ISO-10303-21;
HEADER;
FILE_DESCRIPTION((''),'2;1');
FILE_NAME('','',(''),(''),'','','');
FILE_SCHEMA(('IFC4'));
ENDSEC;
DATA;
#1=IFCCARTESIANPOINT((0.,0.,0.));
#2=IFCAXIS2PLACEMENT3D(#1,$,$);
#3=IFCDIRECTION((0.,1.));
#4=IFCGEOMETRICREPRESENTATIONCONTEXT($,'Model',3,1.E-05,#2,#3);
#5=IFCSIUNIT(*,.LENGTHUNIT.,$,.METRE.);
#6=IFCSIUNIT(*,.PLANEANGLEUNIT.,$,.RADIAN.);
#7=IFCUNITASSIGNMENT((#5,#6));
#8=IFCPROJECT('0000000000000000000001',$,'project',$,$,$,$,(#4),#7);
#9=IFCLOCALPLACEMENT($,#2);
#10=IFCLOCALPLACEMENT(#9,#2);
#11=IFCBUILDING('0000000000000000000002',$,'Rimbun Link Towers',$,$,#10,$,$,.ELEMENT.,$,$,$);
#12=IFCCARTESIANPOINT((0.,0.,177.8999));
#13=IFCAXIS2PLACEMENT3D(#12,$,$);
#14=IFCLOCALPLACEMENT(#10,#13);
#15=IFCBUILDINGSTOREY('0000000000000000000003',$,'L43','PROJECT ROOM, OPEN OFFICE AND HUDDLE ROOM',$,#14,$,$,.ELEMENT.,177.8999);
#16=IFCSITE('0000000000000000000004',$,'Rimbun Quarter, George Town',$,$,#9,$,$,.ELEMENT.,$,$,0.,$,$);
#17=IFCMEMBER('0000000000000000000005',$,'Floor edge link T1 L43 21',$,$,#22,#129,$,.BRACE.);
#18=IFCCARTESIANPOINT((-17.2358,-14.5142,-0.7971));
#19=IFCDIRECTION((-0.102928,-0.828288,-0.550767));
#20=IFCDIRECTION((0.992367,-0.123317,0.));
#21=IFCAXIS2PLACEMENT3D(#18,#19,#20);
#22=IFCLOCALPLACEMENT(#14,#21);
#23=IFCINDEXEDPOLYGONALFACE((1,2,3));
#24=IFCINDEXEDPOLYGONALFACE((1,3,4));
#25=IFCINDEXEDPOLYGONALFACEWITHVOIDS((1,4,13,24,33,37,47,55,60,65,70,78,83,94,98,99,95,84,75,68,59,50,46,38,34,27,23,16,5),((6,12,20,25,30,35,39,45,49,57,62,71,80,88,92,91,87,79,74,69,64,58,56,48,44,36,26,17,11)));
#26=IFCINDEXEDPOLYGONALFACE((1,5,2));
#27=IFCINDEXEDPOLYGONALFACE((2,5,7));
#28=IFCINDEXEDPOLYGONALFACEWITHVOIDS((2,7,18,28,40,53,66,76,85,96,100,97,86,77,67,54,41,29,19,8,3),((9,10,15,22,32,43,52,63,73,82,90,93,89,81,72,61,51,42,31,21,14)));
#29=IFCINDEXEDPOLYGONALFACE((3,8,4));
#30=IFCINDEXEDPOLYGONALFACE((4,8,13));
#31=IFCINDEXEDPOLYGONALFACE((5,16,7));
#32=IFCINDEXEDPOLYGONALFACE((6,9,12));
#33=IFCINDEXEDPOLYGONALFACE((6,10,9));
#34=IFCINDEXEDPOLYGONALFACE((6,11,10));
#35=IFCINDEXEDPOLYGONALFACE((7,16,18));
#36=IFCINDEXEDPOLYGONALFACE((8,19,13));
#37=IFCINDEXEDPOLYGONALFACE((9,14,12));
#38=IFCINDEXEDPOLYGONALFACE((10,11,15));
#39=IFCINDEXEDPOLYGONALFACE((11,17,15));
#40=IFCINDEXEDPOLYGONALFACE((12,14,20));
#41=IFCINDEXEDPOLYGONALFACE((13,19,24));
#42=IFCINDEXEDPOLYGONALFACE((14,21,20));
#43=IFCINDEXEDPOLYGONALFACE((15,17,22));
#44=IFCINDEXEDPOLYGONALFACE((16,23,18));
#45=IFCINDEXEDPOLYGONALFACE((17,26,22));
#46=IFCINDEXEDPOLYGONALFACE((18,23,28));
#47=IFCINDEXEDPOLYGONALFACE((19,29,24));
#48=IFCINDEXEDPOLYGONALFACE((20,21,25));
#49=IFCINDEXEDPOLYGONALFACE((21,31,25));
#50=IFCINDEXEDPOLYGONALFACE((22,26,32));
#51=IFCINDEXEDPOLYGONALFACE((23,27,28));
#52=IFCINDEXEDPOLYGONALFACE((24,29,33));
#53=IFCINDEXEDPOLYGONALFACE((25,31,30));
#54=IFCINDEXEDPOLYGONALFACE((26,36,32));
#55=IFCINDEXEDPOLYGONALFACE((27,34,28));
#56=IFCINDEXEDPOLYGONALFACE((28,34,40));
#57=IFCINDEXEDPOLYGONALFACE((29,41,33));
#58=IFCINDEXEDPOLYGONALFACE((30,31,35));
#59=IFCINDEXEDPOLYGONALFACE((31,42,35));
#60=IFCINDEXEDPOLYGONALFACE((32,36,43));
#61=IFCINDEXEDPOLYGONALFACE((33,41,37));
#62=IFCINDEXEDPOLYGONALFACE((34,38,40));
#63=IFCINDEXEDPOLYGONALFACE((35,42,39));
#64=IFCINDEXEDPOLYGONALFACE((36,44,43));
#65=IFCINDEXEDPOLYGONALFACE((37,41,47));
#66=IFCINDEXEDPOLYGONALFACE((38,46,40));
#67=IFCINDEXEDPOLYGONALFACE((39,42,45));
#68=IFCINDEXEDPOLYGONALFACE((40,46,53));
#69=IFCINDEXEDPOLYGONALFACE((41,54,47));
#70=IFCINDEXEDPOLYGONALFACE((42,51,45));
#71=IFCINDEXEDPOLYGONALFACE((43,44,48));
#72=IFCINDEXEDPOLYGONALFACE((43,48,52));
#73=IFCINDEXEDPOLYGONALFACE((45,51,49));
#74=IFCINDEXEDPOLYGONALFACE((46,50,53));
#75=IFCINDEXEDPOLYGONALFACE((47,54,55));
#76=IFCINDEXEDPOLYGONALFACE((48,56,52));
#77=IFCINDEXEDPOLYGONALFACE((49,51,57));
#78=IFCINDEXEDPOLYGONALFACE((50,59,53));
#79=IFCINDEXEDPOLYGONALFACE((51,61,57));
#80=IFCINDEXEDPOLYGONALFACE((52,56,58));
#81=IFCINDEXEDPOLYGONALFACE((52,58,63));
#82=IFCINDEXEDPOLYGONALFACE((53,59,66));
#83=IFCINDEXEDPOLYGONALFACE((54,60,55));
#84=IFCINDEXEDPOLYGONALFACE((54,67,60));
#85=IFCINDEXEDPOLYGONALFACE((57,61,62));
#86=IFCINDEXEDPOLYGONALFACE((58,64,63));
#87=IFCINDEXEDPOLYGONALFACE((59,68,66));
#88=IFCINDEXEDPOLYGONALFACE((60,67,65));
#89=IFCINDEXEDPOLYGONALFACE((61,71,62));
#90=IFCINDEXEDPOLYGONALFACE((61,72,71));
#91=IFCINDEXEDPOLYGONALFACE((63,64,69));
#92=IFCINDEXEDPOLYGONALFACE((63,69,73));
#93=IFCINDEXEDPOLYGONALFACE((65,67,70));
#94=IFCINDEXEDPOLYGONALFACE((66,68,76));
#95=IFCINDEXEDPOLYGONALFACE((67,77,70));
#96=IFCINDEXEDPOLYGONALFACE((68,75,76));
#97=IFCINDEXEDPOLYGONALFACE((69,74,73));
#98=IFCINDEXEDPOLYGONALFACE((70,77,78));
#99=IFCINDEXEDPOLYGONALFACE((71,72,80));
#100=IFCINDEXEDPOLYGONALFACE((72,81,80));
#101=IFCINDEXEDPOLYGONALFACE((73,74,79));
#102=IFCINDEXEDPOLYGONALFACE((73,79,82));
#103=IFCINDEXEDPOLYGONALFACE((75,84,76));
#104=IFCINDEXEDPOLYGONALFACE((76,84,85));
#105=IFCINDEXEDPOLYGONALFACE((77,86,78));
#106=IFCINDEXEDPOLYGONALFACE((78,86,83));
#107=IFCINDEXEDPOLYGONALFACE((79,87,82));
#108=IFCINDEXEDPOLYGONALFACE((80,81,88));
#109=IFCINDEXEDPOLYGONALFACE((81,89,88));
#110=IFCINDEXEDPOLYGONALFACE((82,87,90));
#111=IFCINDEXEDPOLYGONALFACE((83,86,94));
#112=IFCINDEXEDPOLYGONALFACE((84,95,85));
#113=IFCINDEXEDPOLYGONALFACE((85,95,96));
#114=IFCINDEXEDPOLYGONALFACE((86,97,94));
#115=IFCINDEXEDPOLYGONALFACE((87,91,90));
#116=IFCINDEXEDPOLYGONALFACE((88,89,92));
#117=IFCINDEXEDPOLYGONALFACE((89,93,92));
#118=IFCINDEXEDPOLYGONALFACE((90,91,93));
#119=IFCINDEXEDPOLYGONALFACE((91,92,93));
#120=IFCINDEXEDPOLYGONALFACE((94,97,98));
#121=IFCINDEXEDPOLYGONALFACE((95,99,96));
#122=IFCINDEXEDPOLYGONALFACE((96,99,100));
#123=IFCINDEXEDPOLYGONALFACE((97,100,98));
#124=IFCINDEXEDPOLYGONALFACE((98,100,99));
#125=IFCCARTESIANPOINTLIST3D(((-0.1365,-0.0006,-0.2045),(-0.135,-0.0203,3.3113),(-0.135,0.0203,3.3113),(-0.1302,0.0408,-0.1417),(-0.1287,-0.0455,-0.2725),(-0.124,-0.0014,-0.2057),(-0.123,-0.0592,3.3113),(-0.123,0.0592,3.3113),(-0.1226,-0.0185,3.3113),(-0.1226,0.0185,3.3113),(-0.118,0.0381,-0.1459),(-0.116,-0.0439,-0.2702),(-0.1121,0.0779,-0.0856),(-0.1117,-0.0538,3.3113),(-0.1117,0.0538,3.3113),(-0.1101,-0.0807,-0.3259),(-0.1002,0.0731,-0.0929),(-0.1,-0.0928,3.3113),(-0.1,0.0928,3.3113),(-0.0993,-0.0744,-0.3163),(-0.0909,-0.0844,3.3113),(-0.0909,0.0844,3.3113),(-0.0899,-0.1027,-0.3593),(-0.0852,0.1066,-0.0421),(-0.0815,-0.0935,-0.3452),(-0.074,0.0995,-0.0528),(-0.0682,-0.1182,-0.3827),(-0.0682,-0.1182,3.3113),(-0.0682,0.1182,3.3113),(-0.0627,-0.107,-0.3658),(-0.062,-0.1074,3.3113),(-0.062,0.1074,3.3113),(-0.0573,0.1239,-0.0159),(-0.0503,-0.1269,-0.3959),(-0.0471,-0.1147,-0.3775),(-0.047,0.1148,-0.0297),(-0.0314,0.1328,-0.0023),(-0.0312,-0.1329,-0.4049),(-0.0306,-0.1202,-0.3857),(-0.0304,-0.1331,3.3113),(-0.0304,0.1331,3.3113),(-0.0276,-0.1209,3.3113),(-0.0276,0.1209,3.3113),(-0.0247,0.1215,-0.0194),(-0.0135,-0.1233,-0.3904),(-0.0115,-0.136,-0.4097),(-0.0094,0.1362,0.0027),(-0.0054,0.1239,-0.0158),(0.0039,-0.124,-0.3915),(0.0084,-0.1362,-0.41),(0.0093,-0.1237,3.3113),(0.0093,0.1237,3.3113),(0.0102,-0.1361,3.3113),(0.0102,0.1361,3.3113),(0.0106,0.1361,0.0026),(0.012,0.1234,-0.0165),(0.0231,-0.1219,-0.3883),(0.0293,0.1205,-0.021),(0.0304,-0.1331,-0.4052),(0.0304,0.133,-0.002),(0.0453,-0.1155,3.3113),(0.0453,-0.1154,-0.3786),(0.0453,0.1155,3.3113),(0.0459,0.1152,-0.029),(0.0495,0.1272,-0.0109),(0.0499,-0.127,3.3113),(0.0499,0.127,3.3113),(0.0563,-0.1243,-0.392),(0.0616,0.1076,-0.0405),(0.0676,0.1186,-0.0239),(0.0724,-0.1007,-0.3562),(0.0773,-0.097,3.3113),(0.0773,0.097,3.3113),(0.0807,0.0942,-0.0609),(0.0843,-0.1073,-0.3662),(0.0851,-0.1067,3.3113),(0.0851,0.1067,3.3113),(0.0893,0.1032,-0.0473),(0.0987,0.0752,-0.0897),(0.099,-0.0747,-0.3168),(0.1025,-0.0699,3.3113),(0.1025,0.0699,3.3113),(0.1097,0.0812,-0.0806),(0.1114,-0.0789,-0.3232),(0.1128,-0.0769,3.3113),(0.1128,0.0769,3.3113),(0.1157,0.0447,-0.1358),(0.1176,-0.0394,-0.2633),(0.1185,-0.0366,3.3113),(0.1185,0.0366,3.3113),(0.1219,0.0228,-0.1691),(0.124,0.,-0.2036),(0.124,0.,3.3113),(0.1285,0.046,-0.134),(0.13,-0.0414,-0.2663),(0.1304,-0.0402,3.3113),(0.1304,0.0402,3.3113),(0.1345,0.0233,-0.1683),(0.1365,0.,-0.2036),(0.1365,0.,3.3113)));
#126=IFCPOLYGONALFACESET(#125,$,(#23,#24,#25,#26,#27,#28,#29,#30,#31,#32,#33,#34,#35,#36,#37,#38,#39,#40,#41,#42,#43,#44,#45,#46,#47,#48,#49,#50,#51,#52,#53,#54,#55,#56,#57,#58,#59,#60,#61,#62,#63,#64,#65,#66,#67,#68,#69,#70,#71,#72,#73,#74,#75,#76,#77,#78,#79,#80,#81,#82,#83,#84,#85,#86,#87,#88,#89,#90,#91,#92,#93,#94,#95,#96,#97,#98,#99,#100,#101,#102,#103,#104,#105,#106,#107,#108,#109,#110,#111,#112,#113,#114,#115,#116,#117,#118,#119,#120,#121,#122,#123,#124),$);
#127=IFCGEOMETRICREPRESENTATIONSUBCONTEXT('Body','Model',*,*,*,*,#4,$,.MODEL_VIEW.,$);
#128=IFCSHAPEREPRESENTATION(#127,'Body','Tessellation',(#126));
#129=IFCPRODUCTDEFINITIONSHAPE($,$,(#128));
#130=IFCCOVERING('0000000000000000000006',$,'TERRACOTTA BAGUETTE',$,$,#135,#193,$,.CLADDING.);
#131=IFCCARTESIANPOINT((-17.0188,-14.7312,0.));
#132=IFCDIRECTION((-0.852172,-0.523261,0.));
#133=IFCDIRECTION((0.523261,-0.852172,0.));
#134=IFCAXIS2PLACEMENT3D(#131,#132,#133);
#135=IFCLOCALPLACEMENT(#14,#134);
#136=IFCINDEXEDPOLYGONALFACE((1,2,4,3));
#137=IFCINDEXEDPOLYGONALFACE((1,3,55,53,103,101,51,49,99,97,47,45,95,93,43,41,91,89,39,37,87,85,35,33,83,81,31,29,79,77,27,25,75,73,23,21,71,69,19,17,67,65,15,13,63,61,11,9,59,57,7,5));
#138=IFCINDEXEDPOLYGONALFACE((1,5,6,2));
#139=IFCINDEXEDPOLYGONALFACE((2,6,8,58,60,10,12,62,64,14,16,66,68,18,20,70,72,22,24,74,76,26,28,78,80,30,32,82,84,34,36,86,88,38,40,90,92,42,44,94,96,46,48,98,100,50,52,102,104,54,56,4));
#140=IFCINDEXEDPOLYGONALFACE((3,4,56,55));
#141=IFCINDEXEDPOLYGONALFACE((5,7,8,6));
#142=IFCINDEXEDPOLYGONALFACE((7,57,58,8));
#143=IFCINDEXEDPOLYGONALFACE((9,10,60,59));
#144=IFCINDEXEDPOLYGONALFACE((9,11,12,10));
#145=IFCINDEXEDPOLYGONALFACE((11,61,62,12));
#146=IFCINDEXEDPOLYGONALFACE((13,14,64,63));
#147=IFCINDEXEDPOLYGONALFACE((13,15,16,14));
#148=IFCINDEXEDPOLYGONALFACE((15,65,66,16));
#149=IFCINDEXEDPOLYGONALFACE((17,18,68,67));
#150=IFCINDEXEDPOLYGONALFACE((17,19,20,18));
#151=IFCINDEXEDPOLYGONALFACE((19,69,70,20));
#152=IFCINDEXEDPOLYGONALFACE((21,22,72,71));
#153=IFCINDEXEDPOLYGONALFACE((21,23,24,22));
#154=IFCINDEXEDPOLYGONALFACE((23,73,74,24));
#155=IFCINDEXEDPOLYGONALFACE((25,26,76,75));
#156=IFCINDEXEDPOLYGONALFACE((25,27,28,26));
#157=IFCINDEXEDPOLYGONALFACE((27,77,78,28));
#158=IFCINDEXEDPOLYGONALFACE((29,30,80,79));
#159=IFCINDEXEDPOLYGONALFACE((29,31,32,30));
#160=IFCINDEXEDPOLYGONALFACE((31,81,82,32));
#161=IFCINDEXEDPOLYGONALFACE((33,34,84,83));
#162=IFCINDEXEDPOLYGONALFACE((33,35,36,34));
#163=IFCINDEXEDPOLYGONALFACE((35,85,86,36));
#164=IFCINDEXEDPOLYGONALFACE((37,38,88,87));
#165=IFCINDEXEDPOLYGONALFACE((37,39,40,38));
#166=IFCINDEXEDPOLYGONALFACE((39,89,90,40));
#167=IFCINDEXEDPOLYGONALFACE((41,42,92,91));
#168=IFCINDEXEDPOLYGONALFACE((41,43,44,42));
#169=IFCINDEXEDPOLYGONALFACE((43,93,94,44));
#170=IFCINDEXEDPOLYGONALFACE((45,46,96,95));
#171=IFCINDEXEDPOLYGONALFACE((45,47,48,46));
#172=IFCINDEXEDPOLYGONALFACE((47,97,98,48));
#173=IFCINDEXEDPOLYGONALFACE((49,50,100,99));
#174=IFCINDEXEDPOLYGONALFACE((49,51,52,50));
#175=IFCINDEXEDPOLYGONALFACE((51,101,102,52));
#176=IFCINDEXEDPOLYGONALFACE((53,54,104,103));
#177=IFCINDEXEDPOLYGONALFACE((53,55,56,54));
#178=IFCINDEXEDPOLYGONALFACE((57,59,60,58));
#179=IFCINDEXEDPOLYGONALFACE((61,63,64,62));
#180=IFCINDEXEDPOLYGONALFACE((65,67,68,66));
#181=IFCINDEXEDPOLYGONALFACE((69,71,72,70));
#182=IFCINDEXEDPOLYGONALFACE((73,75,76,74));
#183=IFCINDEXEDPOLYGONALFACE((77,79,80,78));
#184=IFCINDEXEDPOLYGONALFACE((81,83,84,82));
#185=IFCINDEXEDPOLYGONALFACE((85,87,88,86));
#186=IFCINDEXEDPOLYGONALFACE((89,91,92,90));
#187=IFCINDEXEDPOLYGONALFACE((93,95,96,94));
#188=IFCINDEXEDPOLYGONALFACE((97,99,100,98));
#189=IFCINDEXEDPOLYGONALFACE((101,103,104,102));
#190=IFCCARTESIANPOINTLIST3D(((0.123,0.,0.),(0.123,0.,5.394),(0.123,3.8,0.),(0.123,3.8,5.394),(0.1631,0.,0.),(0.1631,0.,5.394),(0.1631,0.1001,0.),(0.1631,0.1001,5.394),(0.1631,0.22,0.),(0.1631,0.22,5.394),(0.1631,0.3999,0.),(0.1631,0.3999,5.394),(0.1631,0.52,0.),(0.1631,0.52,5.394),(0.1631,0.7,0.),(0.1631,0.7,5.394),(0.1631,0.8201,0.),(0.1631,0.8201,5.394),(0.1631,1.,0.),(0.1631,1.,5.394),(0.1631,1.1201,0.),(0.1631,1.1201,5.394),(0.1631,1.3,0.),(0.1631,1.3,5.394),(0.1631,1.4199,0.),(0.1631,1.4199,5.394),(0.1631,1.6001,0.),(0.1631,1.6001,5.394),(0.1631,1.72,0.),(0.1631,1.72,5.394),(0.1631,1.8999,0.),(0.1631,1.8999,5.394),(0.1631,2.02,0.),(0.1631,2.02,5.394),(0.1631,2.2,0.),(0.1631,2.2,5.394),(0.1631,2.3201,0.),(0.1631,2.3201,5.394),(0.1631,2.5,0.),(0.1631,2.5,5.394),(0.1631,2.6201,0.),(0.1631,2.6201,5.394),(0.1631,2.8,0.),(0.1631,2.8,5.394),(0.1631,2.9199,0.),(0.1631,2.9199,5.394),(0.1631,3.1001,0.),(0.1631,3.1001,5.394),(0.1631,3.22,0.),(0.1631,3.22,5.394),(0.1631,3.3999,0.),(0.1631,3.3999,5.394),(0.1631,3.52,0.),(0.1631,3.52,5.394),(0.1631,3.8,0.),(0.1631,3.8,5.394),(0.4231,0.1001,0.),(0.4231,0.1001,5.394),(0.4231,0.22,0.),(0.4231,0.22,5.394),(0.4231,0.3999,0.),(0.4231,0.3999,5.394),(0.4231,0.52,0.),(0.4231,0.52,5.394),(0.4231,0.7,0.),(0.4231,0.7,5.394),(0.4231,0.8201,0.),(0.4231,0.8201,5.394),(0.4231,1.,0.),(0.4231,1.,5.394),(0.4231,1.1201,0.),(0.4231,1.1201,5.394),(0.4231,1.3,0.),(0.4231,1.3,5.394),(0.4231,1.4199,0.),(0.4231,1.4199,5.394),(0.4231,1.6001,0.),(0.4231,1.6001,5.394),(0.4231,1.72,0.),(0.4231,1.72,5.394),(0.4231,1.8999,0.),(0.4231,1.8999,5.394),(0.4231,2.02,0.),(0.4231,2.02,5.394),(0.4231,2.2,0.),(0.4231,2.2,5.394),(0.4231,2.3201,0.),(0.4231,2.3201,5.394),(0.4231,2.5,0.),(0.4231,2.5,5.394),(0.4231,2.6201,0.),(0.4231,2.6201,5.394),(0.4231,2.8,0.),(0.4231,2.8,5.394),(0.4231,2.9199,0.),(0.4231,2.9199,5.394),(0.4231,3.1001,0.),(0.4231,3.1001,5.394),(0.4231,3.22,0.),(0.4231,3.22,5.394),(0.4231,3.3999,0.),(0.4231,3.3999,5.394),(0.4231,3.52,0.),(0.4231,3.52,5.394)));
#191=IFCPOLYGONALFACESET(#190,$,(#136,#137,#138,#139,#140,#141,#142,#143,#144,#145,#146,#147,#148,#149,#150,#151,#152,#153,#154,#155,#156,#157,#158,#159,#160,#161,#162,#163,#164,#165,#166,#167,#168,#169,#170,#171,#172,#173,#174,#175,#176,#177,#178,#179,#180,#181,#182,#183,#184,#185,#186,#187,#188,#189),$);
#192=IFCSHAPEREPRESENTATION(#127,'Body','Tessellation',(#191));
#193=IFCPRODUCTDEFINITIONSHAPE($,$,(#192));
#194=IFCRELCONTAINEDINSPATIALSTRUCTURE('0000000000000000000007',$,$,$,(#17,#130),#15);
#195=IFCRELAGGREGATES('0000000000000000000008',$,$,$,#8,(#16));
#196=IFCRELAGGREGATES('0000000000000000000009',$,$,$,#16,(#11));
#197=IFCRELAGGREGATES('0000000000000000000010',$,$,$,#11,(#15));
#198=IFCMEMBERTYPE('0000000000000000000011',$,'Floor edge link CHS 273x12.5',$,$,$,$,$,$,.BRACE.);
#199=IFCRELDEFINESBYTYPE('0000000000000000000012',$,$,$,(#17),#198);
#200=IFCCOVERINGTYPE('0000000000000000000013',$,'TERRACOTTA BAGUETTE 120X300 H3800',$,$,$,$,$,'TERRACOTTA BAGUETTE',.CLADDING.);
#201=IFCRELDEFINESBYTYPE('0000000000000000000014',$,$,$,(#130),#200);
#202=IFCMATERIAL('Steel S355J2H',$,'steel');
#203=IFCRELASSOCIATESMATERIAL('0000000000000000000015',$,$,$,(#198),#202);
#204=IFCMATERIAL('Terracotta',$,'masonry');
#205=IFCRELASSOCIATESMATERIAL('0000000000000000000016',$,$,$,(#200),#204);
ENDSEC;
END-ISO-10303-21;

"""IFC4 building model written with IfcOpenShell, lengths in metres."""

from ifc_helpers import new_model, si_unit, direction, frame, origin, origin_2d, place, context, subcontext, project, spatial, polyline, hollow_circle, outline, extrude, clip, halfspace, material, material_profile, profile_set, type_object, element, save


model = new_model("IFC4")

# Units and contexts
model_context = context("Model", 3, precision=1e-05, world=origin(), true_north=direction((0.0, 1.0)))
body_context = subcontext(model_context, "Body", "Model", "MODEL_VIEW")
ifc_project = project(units=[si_unit("LENGTHUNIT", "METRE"), si_unit("PLANEANGLEUNIT", "RADIAN")], contexts=[model_context])

# Site, building, storey
site_placement = place(None, origin())
site = spatial("IfcSite", under=ifc_project, at=site_placement, Name="Rimbun Quarter, George Town", CompositionType="ELEMENT", RefElevation=0.0)
building_placement = place(site_placement, origin())
building = spatial("IfcBuilding", under=site, at=building_placement, Name="Rimbun Link Towers", CompositionType="ELEMENT")
storey_placement = place(building_placement, frame((0.0, 0.0, 177.8999)))
storey = spatial("IfcBuildingStorey", under=building, at=storey_placement, Name="L43", Description="PROJECT ROOM, OPEN OFFICE AND HUDDLE ROOM", CompositionType="ELEMENT", Elevation=177.8999)

# Member
ifc_material_1 = material(Name="Steel S355J2H", Category="steel")
ifc_material_profile_1 = material_profile(ifc_material_1, hollow_circle(Radius=0.1365, WallThickness=0.0125, at=origin_2d()), Name="CHS 273x12.5")
ifc_profile_set_1 = profile_set([ifc_material_profile_1], Name="Steel S355J2H")
member_type_1 = type_object("IfcMemberType", Name="Floor edge link CHS 273x12.5", PredefinedType="BRACE", material=ifc_profile_set_1)
member_1_placement = place(storey_placement, frame((-17.2358, -14.5142, -0.7971), z_axis=(-0.102928, -0.828288, -0.550767), x_axis=(0.992367, -0.123317, 0.0)))
element("IfcMember", 1, at=member_1_placement, inside=storey, type_object=member_type_1, Name="Floor edge link T1 L43 21", PredefinedType="BRACE", context=body_context, shape_type="Clipping", body=[
    clip(extrude(hollow_circle(Radius=0.1365, WallThickness=0.0125, at=origin_2d()), frame((0.0, 0.0, -0.4319)), (0.0, 0.0, 1.0), 3.7432), halfspace(frame((0.0, 0.0, -0.2036), z_axis=(0.0, 0.834659, -0.550767)), False)),
])

# Covering
ifc_material_2 = material(Name="Terracotta", Category="masonry")
ifc_material_profile_2 = material_profile(ifc_material_2, outline(polyline([(0.123, 0.0), (0.1631, 0.0), (0.1631, 0.1001), (0.4231, 0.1001), (0.4231, 0.22), (0.1631, 0.22), (0.1631, 0.3999), (0.4231, 0.3999), (0.4231, 0.52), (0.1631, 0.52), (0.1631, 0.7), (0.4231, 0.7), (0.4231, 0.8201), (0.1631, 0.8201), (0.1631, 1.0), (0.4231, 1.0), (0.4231, 1.1201), (0.1631, 1.1201), (0.1631, 1.3), (0.4231, 1.3), (0.4231, 1.4199), (0.1631, 1.4199), (0.1631, 1.6001), (0.4231, 1.6001), (0.4231, 1.72), (0.1631, 1.72), (0.1631, 1.8999), (0.4231, 1.8999), (0.4231, 2.02), (0.1631, 2.02), (0.1631, 2.2), (0.4231, 2.2), (0.4231, 2.3201), (0.1631, 2.3201), (0.1631, 2.5), (0.4231, 2.5), (0.4231, 2.6201), (0.1631, 2.6201), (0.1631, 2.8), (0.4231, 2.8), (0.4231, 2.9199), (0.1631, 2.9199), (0.1631, 3.1001), (0.4231, 3.1001), (0.4231, 3.22), (0.1631, 3.22), (0.1631, 3.3999), (0.4231, 3.3999), (0.4231, 3.52), (0.1631, 3.52), (0.1631, 3.8), (0.123, 3.8), (0.123, 0.0)])), Name="BAGUETTE 120X300")
ifc_profile_set_2 = profile_set([ifc_material_profile_2], Name="Terracotta")
covering_type = type_object("IfcCoveringType", Name="TERRACOTTA BAGUETTE 120X300 H3800", ElementType="TERRACOTTA BAGUETTE", PredefinedType="CLADDING", material=ifc_profile_set_2)
covering_1_placement = place(storey_placement, frame((-17.0188, -14.7312, 0.0), z_axis=(-0.852172, -0.523261, 0.0), x_axis=(0.523261, -0.852172, 0.0)))
element("IfcCovering", 2, at=covering_1_placement, inside=storey, type_object=covering_type, Name="TERRACOTTA BAGUETTE", PredefinedType="CLADDING", context=body_context, shape_type="SweptSolid", body=[
    extrude(outline(polyline([(0.123, 0.0), (0.1631, 0.0), (0.1631, 0.1001), (0.4231, 0.1001), (0.4231, 0.22), (0.1631, 0.22), (0.1631, 0.3999), (0.4231, 0.3999), (0.4231, 0.52), (0.1631, 0.52), (0.1631, 0.7), (0.4231, 0.7), (0.4231, 0.8201), (0.1631, 0.8201), (0.1631, 1.0), (0.4231, 1.0), (0.4231, 1.1201), (0.1631, 1.1201), (0.1631, 1.3), (0.4231, 1.3), (0.4231, 1.4199), (0.1631, 1.4199), (0.1631, 1.6001), (0.4231, 1.6001), (0.4231, 1.72), (0.1631, 1.72), (0.1631, 1.8999), (0.4231, 1.8999), (0.4231, 2.02), (0.1631, 2.02), (0.1631, 2.2), (0.4231, 2.2), (0.4231, 2.3201), (0.1631, 2.3201), (0.1631, 2.5), (0.4231, 2.5), (0.4231, 2.6201), (0.1631, 2.6201), (0.1631, 2.8), (0.4231, 2.8), (0.4231, 2.9199), (0.1631, 2.9199), (0.1631, 3.1001), (0.4231, 3.1001), (0.4231, 3.22), (0.1631, 3.22), (0.1631, 3.3999), (0.4231, 3.3999), (0.4231, 3.52), (0.1631, 3.52), (0.1631, 3.8), (0.123, 3.8), (0.123, 0.0)])), origin(), (0.0, 0.0, 1.0), 5.394),
])

save(model, "model.ifc")
